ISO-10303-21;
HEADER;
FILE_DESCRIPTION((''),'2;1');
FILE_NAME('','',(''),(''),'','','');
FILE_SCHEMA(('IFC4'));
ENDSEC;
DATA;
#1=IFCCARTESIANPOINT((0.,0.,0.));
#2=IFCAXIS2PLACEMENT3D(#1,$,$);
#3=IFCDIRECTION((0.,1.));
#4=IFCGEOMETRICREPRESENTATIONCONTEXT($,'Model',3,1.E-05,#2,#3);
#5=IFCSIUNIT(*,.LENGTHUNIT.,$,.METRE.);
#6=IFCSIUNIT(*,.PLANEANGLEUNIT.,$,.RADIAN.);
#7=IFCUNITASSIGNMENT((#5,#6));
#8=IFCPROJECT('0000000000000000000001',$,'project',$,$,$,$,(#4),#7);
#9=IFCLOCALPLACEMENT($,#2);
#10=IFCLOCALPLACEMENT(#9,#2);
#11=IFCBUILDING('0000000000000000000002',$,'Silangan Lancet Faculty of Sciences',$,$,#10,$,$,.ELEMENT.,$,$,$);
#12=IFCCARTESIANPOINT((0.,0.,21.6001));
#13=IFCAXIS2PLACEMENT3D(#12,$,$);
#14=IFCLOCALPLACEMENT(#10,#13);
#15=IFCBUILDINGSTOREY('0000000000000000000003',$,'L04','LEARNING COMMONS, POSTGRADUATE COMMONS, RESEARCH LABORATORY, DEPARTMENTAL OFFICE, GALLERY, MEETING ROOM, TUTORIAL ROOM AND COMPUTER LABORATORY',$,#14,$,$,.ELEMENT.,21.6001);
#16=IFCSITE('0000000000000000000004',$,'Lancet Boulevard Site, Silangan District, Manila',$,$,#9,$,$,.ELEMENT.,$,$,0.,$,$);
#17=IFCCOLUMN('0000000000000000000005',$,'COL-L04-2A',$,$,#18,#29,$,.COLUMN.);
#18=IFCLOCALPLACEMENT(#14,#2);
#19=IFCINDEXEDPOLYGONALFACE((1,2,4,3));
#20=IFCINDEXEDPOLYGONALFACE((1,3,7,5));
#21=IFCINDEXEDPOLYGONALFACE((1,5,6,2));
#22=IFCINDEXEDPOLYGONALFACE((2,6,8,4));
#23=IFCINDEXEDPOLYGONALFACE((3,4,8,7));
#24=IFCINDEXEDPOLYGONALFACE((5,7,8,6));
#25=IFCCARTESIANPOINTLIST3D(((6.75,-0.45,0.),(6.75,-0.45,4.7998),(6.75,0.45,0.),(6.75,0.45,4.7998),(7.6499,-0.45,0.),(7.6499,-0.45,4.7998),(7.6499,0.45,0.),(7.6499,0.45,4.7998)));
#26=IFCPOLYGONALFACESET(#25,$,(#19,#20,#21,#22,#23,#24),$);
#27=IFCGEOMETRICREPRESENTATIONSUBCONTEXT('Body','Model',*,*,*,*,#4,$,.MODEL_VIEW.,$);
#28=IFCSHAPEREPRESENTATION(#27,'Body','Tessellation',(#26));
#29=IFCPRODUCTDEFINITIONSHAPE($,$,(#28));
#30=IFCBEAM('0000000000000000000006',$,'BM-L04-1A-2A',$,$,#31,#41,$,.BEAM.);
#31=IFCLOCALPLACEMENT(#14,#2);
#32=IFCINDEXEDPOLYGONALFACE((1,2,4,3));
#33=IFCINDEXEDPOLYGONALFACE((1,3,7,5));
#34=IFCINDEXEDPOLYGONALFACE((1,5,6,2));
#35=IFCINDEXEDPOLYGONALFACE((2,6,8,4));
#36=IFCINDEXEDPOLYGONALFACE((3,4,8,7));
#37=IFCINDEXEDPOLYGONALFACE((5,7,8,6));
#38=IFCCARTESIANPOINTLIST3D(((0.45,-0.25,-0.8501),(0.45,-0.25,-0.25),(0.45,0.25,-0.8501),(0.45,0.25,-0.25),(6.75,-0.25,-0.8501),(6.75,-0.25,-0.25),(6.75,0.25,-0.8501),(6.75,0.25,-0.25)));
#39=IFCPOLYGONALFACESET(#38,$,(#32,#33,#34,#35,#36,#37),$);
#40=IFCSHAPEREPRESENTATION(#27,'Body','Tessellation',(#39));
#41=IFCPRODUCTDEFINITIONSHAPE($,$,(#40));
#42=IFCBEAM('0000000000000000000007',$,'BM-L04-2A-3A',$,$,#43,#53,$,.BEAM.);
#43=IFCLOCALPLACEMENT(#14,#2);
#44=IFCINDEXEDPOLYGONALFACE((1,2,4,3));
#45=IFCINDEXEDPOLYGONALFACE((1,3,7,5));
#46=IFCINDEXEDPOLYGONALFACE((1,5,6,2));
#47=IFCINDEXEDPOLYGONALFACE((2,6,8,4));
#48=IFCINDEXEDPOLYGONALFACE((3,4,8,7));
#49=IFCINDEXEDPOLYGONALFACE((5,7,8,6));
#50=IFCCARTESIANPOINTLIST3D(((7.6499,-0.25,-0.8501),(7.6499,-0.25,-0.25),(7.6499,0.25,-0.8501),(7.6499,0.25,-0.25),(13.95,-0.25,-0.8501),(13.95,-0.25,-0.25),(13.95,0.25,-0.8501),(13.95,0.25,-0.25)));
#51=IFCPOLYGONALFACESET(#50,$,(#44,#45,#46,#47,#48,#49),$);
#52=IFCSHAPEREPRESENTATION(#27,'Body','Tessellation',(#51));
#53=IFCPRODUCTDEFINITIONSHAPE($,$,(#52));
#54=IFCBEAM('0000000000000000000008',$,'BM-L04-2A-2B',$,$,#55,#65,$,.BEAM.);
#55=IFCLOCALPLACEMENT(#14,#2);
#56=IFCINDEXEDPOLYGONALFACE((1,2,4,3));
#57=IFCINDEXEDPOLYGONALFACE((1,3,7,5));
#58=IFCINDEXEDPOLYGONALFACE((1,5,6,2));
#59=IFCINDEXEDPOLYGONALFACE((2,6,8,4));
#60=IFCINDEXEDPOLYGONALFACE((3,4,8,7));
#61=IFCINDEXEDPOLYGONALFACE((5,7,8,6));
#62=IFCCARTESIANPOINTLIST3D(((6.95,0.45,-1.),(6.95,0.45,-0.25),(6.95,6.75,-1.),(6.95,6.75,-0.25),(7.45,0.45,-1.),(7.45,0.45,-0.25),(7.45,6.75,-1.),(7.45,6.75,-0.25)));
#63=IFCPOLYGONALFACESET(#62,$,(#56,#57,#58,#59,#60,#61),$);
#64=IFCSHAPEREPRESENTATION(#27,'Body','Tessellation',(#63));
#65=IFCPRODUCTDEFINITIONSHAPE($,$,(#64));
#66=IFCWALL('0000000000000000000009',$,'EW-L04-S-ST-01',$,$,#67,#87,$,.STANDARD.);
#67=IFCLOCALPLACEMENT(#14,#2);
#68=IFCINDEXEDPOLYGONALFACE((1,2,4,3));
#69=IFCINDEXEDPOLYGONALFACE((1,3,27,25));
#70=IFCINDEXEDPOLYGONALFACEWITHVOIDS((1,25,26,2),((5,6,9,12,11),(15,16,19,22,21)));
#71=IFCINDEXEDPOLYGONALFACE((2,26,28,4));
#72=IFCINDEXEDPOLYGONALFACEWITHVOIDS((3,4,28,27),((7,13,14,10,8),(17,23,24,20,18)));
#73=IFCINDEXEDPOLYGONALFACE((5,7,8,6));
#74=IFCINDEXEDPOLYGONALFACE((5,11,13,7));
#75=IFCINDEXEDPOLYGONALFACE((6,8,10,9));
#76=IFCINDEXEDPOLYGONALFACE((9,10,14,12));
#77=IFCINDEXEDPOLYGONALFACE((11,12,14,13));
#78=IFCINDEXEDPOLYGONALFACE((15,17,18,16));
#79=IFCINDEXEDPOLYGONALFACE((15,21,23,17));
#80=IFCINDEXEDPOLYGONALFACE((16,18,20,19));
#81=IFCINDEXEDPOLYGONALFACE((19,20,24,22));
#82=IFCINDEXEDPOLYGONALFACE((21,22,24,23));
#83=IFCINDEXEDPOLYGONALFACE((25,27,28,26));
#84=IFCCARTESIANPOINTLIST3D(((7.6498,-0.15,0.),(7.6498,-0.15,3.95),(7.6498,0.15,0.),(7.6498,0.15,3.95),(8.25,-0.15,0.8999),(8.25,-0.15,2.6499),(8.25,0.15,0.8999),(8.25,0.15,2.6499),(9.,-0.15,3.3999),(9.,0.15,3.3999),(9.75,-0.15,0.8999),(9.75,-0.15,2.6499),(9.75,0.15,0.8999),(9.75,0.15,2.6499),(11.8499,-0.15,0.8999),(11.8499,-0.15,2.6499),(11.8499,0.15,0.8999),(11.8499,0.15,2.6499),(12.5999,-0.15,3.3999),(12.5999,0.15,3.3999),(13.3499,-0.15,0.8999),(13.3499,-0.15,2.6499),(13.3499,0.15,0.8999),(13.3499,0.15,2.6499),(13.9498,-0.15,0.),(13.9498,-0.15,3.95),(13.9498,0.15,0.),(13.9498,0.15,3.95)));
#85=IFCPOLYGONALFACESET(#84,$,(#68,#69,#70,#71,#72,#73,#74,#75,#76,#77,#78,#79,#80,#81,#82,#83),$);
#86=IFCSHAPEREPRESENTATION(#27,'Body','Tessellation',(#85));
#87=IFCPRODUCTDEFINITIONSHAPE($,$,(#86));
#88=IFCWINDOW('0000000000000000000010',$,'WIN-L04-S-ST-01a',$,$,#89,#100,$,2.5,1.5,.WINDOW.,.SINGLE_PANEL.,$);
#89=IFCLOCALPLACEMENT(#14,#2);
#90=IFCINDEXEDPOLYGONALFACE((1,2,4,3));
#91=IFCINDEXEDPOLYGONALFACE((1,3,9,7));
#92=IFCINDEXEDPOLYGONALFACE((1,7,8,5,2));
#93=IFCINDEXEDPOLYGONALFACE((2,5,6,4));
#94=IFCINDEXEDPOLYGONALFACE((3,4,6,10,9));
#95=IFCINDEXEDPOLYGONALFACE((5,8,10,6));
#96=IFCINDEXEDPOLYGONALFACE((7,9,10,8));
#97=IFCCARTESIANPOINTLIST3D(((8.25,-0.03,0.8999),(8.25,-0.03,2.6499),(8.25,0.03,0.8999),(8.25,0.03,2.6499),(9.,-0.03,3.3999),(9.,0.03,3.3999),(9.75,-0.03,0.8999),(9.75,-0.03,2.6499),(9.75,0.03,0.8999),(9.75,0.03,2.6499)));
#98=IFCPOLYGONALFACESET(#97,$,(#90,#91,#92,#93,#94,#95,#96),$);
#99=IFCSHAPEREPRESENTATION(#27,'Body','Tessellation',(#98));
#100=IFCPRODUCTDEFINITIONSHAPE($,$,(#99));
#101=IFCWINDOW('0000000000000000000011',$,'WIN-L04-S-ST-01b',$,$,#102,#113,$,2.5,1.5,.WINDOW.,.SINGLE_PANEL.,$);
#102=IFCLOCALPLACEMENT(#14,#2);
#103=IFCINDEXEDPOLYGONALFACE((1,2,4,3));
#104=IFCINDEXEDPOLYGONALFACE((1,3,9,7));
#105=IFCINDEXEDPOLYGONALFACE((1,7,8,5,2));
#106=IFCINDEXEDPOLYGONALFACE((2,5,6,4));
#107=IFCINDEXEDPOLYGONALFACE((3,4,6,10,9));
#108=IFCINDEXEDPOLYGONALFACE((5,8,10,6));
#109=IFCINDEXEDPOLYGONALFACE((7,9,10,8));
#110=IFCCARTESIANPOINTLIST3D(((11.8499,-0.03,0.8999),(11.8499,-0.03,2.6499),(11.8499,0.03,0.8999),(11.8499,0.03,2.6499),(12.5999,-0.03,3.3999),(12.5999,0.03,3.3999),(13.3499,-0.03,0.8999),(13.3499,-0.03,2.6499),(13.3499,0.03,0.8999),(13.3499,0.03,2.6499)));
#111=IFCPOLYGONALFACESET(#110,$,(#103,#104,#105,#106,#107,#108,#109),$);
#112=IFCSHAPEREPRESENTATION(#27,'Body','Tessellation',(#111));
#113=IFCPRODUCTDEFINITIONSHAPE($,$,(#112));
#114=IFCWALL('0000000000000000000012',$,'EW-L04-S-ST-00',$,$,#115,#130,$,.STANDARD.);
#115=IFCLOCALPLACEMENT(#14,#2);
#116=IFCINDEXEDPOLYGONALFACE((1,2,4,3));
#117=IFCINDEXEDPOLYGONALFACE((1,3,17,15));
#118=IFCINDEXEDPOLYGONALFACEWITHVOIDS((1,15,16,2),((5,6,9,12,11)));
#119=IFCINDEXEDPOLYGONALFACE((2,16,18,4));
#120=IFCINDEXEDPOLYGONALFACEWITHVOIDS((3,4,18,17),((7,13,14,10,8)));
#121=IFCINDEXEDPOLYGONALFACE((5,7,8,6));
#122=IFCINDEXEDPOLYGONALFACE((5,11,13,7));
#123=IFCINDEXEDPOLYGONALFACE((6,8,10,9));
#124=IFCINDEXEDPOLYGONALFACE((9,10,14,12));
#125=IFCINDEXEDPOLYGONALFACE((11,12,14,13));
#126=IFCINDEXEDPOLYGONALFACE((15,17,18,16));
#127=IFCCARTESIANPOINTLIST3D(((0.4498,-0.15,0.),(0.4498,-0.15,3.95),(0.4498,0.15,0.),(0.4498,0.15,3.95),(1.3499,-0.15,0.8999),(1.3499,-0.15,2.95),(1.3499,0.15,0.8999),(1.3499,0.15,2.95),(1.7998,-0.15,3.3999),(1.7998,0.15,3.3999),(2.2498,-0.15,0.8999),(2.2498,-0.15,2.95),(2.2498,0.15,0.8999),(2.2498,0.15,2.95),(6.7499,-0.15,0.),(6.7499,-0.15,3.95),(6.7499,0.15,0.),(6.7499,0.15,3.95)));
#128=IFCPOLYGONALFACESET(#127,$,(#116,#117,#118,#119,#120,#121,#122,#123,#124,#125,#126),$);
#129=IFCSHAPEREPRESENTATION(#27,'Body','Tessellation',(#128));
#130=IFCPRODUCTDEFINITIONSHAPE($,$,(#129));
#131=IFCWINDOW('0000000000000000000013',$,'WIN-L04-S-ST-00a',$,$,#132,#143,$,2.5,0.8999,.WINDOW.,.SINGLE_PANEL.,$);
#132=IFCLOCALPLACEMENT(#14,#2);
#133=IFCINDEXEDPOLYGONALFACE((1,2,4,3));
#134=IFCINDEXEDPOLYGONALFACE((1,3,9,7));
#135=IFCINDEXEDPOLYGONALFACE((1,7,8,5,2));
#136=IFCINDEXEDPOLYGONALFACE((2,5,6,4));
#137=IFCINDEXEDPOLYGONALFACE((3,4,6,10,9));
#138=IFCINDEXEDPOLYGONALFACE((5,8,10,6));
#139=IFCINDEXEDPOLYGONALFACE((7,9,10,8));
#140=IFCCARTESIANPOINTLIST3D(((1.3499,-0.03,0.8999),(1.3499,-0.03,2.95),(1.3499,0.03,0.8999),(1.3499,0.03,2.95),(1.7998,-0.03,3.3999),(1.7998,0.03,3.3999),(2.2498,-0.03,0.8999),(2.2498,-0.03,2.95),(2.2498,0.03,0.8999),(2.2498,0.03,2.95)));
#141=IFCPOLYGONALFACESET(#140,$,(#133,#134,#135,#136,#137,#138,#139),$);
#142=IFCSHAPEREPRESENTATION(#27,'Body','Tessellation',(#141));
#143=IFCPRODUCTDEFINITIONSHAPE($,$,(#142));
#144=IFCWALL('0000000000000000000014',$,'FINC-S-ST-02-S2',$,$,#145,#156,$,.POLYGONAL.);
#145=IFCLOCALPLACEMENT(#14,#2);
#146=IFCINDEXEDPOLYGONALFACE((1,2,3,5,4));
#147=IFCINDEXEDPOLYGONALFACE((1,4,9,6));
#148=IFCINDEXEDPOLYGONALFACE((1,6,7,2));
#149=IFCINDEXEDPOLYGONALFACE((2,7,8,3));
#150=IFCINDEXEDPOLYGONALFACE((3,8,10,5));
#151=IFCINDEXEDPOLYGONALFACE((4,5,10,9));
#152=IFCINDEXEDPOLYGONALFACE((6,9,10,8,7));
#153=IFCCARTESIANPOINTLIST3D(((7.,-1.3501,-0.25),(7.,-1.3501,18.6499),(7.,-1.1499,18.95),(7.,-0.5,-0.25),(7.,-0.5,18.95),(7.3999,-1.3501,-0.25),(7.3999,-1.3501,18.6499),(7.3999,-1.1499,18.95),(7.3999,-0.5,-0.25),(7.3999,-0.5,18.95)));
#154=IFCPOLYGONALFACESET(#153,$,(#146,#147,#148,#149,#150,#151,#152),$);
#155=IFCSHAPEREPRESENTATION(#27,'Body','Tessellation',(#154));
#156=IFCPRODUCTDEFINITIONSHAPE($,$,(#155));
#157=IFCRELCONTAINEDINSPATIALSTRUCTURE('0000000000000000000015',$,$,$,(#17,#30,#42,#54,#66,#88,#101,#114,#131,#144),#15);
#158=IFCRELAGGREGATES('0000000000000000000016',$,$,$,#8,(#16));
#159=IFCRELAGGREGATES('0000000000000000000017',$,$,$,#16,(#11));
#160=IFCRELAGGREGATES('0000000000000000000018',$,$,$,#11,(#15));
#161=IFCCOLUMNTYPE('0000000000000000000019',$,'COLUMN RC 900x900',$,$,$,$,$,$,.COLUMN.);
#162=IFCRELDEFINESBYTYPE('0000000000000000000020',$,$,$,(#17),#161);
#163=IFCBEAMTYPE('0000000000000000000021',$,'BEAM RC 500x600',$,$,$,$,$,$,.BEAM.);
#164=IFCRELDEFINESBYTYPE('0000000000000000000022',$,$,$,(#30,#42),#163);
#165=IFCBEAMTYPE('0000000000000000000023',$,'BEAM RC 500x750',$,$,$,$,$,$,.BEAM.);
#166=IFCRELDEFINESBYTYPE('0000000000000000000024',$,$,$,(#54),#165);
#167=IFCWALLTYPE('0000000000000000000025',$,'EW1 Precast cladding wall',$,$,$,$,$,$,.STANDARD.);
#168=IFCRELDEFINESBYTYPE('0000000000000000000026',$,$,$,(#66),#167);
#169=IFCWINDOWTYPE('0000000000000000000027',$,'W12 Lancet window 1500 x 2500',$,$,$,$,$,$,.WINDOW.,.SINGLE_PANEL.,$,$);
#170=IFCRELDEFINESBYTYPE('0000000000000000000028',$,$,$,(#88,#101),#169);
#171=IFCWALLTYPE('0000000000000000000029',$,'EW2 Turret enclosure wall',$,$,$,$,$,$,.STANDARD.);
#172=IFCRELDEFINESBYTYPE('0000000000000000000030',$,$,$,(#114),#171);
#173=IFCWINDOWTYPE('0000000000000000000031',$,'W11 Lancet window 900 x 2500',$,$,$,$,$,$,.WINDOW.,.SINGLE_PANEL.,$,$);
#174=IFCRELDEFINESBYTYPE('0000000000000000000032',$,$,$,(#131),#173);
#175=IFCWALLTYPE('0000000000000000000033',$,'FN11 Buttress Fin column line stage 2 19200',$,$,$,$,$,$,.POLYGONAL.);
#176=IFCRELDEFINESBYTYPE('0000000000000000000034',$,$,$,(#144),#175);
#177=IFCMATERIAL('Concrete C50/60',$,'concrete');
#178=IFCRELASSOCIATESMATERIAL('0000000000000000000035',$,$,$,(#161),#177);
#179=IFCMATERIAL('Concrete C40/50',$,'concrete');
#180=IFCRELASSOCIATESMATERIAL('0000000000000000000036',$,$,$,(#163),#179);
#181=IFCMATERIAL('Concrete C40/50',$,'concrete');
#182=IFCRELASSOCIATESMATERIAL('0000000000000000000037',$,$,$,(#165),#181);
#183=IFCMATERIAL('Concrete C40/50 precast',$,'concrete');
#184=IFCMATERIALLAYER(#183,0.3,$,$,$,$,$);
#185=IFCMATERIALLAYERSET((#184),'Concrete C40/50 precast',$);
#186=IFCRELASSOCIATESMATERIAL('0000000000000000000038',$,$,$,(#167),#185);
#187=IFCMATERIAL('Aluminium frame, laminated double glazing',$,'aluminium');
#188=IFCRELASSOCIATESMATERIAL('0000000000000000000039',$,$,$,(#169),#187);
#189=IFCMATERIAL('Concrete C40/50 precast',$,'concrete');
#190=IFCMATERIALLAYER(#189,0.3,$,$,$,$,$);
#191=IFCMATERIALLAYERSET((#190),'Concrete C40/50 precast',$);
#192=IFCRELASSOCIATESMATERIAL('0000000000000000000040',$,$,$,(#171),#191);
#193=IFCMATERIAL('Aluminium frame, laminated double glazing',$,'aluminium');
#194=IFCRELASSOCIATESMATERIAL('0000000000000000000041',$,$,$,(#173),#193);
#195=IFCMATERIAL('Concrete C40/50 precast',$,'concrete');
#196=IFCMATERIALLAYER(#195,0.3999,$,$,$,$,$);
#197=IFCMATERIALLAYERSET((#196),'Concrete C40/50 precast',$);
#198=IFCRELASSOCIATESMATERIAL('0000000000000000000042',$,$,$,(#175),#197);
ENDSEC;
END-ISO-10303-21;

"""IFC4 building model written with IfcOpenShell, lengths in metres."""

from ifc_helpers import new_model, si_unit, direction, frame, frame_2d, origin, origin_2d, place, context, subcontext, project, spatial, polyline, rectangle, outline, extrude, material, layer, layer_set, material_profile, profile_set, type_object, element, fill, save


model = new_model("IFC4")

# Units and contexts
model_context = context("Model", 3, precision=1e-05, world=origin(), true_north=direction((0.0, 1.0)))
body_context = subcontext(model_context, "Body", "Model", "MODEL_VIEW")
ifc_project = project(units=[si_unit("LENGTHUNIT", "METRE"), si_unit("PLANEANGLEUNIT", "RADIAN")], contexts=[model_context])

# Site, building, storey
site_placement = place(None, origin())
site = spatial("IfcSite", under=ifc_project, at=site_placement, Name="Lancet Boulevard Site, Silangan District, Manila", CompositionType="ELEMENT", RefElevation=0.0)
building_placement = place(site_placement, origin())
building = spatial("IfcBuilding", under=site, at=building_placement, Name="Silangan Lancet Faculty of Sciences", CompositionType="ELEMENT")
storey_placement = place(building_placement, frame((0.0, 0.0, 21.6001)))
storey = spatial("IfcBuildingStorey", under=building, at=storey_placement, Name="L04", Description="LEARNING COMMONS, POSTGRADUATE COMMONS, RESEARCH LABORATORY, DEPARTMENTAL OFFICE, GALLERY, MEETING ROOM, TUTORIAL ROOM AND COMPUTER LABORATORY", CompositionType="ELEMENT", Elevation=21.6001)

# Column
ifc_material_1 = material(Name="Concrete C50/60", Category="concrete")
ifc_material_profile_1 = material_profile(ifc_material_1, rectangle(XDim=0.8999, YDim=0.8999, at=origin_2d()), Name="RC 900x900")
ifc_profile_set_1 = profile_set([ifc_material_profile_1], Name="Concrete C50/60")
column_type = type_object("IfcColumnType", Name="COLUMN RC 900x900", PredefinedType="COLUMN", material=ifc_profile_set_1)
column_placement = place(storey_placement, frame((7.2, 0.0, 0.0), z_axis=(0.0, 0.0, 1.0), x_axis=(1.0, 0.0, 0.0)))
element("IfcColumn", 1, at=column_placement, inside=storey, type_object=column_type, Name="COL-L04-2A", PredefinedType="COLUMN", context=body_context, shape_type="SweptSolid", body=[
    extrude(rectangle(XDim=0.8999, YDim=0.8999, at=origin_2d()), origin(), (0.0, 0.0, 1.0), 4.7998),
])

# Beams
ifc_material_2 = material(Name="Concrete C40/50", Category="concrete")
ifc_material_profile_2 = material_profile(ifc_material_2, rectangle(XDim=0.5, YDim=0.6001, at=origin_2d()), Name="RC 500x600")
ifc_profile_set_2 = profile_set([ifc_material_profile_2], Name="Concrete C40/50")
beam_type_1 = type_object("IfcBeamType", Name="BEAM RC 500x600", PredefinedType="BEAM", material=ifc_profile_set_2)
for number, where, z_axis, x_axis, name in (
    (2, (0.45, 0.0, -0.55), (1.0, 0.0, 0.0), (0.0, 1.0, 0.0), "BM-L04-1A-2A"),
    (3, (7.6499, 0.0, -0.55), (1.0, 0.0, 0.0), (0.0, 1.0, 0.0), "BM-L04-2A-3A"),
):
    element("IfcBeam", number, at=place(storey_placement, frame(where, z_axis=z_axis, x_axis=x_axis)), inside=storey, type_object=beam_type_1, Name=name, PredefinedType="BEAM", context=body_context, shape_type="SweptSolid", body=[
        extrude(rectangle(XDim=0.5, YDim=0.6001, at=origin_2d()), origin(), (0.0, 0.0, 1.0), 6.3),
    ])
ifc_material_3 = material(Name="Concrete C40/50", Category="concrete")
ifc_material_profile_3 = material_profile(ifc_material_3, rectangle(XDim=0.5, YDim=0.75, at=origin_2d()), Name="RC 500x750")
ifc_profile_set_3 = profile_set([ifc_material_profile_3], Name="Concrete C40/50")
beam_type_2 = type_object("IfcBeamType", Name="BEAM RC 500x750", PredefinedType="BEAM", material=ifc_profile_set_3)
beam_placement = place(storey_placement, frame((7.2, 0.45, -0.625), z_axis=(0.0, 1.0, 0.0), x_axis=(-1.0, 0.0, 0.0)))
element("IfcBeam", 4, at=beam_placement, inside=storey, type_object=beam_type_2, Name="BM-L04-2A-2B", PredefinedType="BEAM", context=body_context, shape_type="SweptSolid", body=[
    extrude(rectangle(XDim=0.5, YDim=0.75, at=origin_2d()), origin(), (0.0, 0.0, 1.0), 6.3),
])

# Wall, openings, windows
ifc_material_4 = material(Name="Concrete C40/50 precast", Category="concrete")
ifc_layer_1 = layer(ifc_material_4, 0.3)
ifc_layer_set_1 = layer_set([ifc_layer_1], Name="Concrete C40/50 precast")
wall_type_1 = type_object("IfcWallType", Name="EW1 Precast cladding wall", PredefinedType="STANDARD", material=ifc_layer_set_1)
wall_1_placement = place(storey_placement, frame((7.6499, 0.0, 0.0), z_axis=(0.0, 0.0, 1.0), x_axis=(1.0, 0.0, 0.0)))
wall_1 = element("IfcWall", 5, at=wall_1_placement, inside=storey, type_object=wall_type_1, Name="EW-L04-S-ST-01", PredefinedType="STANDARD", context=body_context, shape_type="SweptSolid", body=[
    extrude(rectangle(XDim=6.3, YDim=0.3, at=frame_2d((3.1499, 0.0))), origin(), (0.0, 0.0, 1.0), 3.95),
])
opening_1_placement = place(wall_1_placement, frame((0.6001, 0.0, 0.8999)))
opening_1 = element("IfcOpeningElement", 6, at=opening_1_placement, cuts=wall_1, PredefinedType="OPENING", context=body_context, shape_type="SweptSolid", body=[
    extrude(outline(polyline([(0.0, 0.0), (1.5, 0.0), (1.5, 1.75), (0.75, 2.5), (0.0, 1.75), (0.0, 0.0)])), frame((0.0, 0.1599, 0.0), z_axis=(0.0, -1.0, 0.0), x_axis=(1.0, 0.0, 0.0)), (0.0, 0.0, 1.0), 0.3201),
])
opening_2_placement = place(wall_1_placement, frame((4.2, 0.0, 0.8999)))
opening_2 = element("IfcOpeningElement", 7, at=opening_2_placement, cuts=wall_1, PredefinedType="OPENING", context=body_context, shape_type="SweptSolid", body=[
    extrude(outline(polyline([(0.0, 0.0), (1.5, 0.0), (1.5, 1.75), (0.75, 2.5), (0.0, 1.75), (0.0, 0.0)])), frame((0.0, 0.1599, 0.0), z_axis=(0.0, -1.0, 0.0), x_axis=(1.0, 0.0, 0.0)), (0.0, 0.0, 1.0), 0.3201),
])
ifc_material_5 = material(Name="Aluminium frame, laminated double glazing", Category="aluminium")
window_type_1 = type_object("IfcWindowType", Name="W12 Lancet window 1500 x 2500", PartitioningType="SINGLE_PANEL", PredefinedType="WINDOW", material=ifc_material_5)
window_1_placement = place(opening_1_placement, origin())
window_1 = element("IfcWindow", 8, at=window_1_placement, inside=storey, type_object=window_type_1, Name="WIN-L04-S-ST-01a", OverallHeight=2.5, OverallWidth=1.5, PartitioningType="SINGLE_PANEL", PredefinedType="WINDOW", context=body_context, shape_type="SweptSolid", body=[
    extrude(outline(polyline([(0.0, 0.0), (1.5, 0.0), (1.5, 1.75), (0.75, 2.5), (0.0, 1.75), (0.0, 0.0)])), frame((0.0, 0.03, 0.0), z_axis=(0.0, -1.0, 0.0), x_axis=(1.0, 0.0, 0.0)), (0.0, 0.0, 1.0), 0.0601),
])
fill(opening_1, window_1)
window_2_placement = place(opening_2_placement, origin())
window_2 = element("IfcWindow", 9, at=window_2_placement, inside=storey, type_object=window_type_1, Name="WIN-L04-S-ST-01b", OverallHeight=2.5, OverallWidth=1.5, PartitioningType="SINGLE_PANEL", PredefinedType="WINDOW", context=body_context, shape_type="SweptSolid", body=[
    extrude(outline(polyline([(0.0, 0.0), (1.5, 0.0), (1.5, 1.75), (0.75, 2.5), (0.0, 1.75), (0.0, 0.0)])), frame((0.0, 0.03, 0.0), z_axis=(0.0, -1.0, 0.0), x_axis=(1.0, 0.0, 0.0)), (0.0, 0.0, 1.0), 0.0601),
])
fill(opening_2, window_2)

# Wall, opening, window
ifc_material_6 = material(Name="Concrete C40/50 precast", Category="concrete")
ifc_layer_2 = layer(ifc_material_6, 0.3)
ifc_layer_set_2 = layer_set([ifc_layer_2], Name="Concrete C40/50 precast")
wall_type_2 = type_object("IfcWallType", Name="EW2 Turret enclosure wall", PredefinedType="STANDARD", material=ifc_layer_set_2)
wall_2_placement = place(storey_placement, frame((0.45, 0.0, 0.0), z_axis=(0.0, 0.0, 1.0), x_axis=(1.0, 0.0, 0.0)))
wall_2 = element("IfcWall", 10, at=wall_2_placement, inside=storey, type_object=wall_type_2, Name="EW-L04-S-ST-00", PredefinedType="STANDARD", context=body_context, shape_type="SweptSolid", body=[
    extrude(rectangle(XDim=6.3, YDim=0.3, at=frame_2d((3.1499, 0.0))), origin(), (0.0, 0.0, 1.0), 3.95),
])
opening_3_placement = place(wall_2_placement, frame((0.8999, 0.0, 0.8999)))
opening_3 = element("IfcOpeningElement", 11, at=opening_3_placement, cuts=wall_2, PredefinedType="OPENING", context=body_context, shape_type="SweptSolid", body=[
    extrude(outline(polyline([(0.0, 0.0), (0.8999, 0.0), (0.8999, 2.05), (0.45, 2.5), (0.0, 2.05), (0.0, 0.0)])), frame((0.0, 0.1599, 0.0), z_axis=(0.0, -1.0, 0.0), x_axis=(1.0, 0.0, 0.0)), (0.0, 0.0, 1.0), 0.3201),
])
ifc_material_7 = material(Name="Aluminium frame, laminated double glazing", Category="aluminium")
window_type_2 = type_object("IfcWindowType", Name="W11 Lancet window 900 x 2500", PartitioningType="SINGLE_PANEL", PredefinedType="WINDOW", material=ifc_material_7)
window_3_placement = place(opening_3_placement, origin())
window_3 = element("IfcWindow", 12, at=window_3_placement, inside=storey, type_object=window_type_2, Name="WIN-L04-S-ST-00a", OverallHeight=2.5, OverallWidth=0.8999, PartitioningType="SINGLE_PANEL", PredefinedType="WINDOW", context=body_context, shape_type="SweptSolid", body=[
    extrude(outline(polyline([(0.0, 0.0), (0.8999, 0.0), (0.8999, 2.05), (0.45, 2.5), (0.0, 2.05), (0.0, 0.0)])), frame((0.0, 0.03, 0.0), z_axis=(0.0, -1.0, 0.0), x_axis=(1.0, 0.0, 0.0)), (0.0, 0.0, 1.0), 0.0601),
])
fill(opening_3, window_3)

# Wall
ifc_material_8 = material(Name="Concrete C40/50 precast", Category="concrete")
ifc_layer_3 = layer(ifc_material_8, 0.3999)
ifc_layer_set_3 = layer_set([ifc_layer_3], Name="Concrete C40/50 precast")
wall_type_3 = type_object("IfcWallType", Name="FN11 Buttress Fin column line stage 2 19200", PredefinedType="POLYGONAL", material=ifc_layer_set_3)
wall_3_placement = place(storey_placement, frame((7.2, -0.5, -0.25), z_axis=(0.0, 0.0, 1.0), x_axis=(0.0, -1.0, 0.0)))
element("IfcWall", 13, at=wall_3_placement, inside=storey, type_object=wall_type_3, Name="FINC-S-ST-02-S2", PredefinedType="POLYGONAL", context=body_context, shape_type="SweptSolid", body=[
    extrude(outline(polyline([(0.8501, 0.0), (0.8501, 18.8999), (0.6499, 19.2), (0.0, 19.2), (0.0, 0.0), (0.8501, 0.0)])), frame((0.0, 0.2, 0.0), z_axis=(0.0, -1.0, 0.0), x_axis=(1.0, 0.0, 0.0)), (0.0, 0.0, 1.0), 0.3999),
])

save(model, "model.ifc")
